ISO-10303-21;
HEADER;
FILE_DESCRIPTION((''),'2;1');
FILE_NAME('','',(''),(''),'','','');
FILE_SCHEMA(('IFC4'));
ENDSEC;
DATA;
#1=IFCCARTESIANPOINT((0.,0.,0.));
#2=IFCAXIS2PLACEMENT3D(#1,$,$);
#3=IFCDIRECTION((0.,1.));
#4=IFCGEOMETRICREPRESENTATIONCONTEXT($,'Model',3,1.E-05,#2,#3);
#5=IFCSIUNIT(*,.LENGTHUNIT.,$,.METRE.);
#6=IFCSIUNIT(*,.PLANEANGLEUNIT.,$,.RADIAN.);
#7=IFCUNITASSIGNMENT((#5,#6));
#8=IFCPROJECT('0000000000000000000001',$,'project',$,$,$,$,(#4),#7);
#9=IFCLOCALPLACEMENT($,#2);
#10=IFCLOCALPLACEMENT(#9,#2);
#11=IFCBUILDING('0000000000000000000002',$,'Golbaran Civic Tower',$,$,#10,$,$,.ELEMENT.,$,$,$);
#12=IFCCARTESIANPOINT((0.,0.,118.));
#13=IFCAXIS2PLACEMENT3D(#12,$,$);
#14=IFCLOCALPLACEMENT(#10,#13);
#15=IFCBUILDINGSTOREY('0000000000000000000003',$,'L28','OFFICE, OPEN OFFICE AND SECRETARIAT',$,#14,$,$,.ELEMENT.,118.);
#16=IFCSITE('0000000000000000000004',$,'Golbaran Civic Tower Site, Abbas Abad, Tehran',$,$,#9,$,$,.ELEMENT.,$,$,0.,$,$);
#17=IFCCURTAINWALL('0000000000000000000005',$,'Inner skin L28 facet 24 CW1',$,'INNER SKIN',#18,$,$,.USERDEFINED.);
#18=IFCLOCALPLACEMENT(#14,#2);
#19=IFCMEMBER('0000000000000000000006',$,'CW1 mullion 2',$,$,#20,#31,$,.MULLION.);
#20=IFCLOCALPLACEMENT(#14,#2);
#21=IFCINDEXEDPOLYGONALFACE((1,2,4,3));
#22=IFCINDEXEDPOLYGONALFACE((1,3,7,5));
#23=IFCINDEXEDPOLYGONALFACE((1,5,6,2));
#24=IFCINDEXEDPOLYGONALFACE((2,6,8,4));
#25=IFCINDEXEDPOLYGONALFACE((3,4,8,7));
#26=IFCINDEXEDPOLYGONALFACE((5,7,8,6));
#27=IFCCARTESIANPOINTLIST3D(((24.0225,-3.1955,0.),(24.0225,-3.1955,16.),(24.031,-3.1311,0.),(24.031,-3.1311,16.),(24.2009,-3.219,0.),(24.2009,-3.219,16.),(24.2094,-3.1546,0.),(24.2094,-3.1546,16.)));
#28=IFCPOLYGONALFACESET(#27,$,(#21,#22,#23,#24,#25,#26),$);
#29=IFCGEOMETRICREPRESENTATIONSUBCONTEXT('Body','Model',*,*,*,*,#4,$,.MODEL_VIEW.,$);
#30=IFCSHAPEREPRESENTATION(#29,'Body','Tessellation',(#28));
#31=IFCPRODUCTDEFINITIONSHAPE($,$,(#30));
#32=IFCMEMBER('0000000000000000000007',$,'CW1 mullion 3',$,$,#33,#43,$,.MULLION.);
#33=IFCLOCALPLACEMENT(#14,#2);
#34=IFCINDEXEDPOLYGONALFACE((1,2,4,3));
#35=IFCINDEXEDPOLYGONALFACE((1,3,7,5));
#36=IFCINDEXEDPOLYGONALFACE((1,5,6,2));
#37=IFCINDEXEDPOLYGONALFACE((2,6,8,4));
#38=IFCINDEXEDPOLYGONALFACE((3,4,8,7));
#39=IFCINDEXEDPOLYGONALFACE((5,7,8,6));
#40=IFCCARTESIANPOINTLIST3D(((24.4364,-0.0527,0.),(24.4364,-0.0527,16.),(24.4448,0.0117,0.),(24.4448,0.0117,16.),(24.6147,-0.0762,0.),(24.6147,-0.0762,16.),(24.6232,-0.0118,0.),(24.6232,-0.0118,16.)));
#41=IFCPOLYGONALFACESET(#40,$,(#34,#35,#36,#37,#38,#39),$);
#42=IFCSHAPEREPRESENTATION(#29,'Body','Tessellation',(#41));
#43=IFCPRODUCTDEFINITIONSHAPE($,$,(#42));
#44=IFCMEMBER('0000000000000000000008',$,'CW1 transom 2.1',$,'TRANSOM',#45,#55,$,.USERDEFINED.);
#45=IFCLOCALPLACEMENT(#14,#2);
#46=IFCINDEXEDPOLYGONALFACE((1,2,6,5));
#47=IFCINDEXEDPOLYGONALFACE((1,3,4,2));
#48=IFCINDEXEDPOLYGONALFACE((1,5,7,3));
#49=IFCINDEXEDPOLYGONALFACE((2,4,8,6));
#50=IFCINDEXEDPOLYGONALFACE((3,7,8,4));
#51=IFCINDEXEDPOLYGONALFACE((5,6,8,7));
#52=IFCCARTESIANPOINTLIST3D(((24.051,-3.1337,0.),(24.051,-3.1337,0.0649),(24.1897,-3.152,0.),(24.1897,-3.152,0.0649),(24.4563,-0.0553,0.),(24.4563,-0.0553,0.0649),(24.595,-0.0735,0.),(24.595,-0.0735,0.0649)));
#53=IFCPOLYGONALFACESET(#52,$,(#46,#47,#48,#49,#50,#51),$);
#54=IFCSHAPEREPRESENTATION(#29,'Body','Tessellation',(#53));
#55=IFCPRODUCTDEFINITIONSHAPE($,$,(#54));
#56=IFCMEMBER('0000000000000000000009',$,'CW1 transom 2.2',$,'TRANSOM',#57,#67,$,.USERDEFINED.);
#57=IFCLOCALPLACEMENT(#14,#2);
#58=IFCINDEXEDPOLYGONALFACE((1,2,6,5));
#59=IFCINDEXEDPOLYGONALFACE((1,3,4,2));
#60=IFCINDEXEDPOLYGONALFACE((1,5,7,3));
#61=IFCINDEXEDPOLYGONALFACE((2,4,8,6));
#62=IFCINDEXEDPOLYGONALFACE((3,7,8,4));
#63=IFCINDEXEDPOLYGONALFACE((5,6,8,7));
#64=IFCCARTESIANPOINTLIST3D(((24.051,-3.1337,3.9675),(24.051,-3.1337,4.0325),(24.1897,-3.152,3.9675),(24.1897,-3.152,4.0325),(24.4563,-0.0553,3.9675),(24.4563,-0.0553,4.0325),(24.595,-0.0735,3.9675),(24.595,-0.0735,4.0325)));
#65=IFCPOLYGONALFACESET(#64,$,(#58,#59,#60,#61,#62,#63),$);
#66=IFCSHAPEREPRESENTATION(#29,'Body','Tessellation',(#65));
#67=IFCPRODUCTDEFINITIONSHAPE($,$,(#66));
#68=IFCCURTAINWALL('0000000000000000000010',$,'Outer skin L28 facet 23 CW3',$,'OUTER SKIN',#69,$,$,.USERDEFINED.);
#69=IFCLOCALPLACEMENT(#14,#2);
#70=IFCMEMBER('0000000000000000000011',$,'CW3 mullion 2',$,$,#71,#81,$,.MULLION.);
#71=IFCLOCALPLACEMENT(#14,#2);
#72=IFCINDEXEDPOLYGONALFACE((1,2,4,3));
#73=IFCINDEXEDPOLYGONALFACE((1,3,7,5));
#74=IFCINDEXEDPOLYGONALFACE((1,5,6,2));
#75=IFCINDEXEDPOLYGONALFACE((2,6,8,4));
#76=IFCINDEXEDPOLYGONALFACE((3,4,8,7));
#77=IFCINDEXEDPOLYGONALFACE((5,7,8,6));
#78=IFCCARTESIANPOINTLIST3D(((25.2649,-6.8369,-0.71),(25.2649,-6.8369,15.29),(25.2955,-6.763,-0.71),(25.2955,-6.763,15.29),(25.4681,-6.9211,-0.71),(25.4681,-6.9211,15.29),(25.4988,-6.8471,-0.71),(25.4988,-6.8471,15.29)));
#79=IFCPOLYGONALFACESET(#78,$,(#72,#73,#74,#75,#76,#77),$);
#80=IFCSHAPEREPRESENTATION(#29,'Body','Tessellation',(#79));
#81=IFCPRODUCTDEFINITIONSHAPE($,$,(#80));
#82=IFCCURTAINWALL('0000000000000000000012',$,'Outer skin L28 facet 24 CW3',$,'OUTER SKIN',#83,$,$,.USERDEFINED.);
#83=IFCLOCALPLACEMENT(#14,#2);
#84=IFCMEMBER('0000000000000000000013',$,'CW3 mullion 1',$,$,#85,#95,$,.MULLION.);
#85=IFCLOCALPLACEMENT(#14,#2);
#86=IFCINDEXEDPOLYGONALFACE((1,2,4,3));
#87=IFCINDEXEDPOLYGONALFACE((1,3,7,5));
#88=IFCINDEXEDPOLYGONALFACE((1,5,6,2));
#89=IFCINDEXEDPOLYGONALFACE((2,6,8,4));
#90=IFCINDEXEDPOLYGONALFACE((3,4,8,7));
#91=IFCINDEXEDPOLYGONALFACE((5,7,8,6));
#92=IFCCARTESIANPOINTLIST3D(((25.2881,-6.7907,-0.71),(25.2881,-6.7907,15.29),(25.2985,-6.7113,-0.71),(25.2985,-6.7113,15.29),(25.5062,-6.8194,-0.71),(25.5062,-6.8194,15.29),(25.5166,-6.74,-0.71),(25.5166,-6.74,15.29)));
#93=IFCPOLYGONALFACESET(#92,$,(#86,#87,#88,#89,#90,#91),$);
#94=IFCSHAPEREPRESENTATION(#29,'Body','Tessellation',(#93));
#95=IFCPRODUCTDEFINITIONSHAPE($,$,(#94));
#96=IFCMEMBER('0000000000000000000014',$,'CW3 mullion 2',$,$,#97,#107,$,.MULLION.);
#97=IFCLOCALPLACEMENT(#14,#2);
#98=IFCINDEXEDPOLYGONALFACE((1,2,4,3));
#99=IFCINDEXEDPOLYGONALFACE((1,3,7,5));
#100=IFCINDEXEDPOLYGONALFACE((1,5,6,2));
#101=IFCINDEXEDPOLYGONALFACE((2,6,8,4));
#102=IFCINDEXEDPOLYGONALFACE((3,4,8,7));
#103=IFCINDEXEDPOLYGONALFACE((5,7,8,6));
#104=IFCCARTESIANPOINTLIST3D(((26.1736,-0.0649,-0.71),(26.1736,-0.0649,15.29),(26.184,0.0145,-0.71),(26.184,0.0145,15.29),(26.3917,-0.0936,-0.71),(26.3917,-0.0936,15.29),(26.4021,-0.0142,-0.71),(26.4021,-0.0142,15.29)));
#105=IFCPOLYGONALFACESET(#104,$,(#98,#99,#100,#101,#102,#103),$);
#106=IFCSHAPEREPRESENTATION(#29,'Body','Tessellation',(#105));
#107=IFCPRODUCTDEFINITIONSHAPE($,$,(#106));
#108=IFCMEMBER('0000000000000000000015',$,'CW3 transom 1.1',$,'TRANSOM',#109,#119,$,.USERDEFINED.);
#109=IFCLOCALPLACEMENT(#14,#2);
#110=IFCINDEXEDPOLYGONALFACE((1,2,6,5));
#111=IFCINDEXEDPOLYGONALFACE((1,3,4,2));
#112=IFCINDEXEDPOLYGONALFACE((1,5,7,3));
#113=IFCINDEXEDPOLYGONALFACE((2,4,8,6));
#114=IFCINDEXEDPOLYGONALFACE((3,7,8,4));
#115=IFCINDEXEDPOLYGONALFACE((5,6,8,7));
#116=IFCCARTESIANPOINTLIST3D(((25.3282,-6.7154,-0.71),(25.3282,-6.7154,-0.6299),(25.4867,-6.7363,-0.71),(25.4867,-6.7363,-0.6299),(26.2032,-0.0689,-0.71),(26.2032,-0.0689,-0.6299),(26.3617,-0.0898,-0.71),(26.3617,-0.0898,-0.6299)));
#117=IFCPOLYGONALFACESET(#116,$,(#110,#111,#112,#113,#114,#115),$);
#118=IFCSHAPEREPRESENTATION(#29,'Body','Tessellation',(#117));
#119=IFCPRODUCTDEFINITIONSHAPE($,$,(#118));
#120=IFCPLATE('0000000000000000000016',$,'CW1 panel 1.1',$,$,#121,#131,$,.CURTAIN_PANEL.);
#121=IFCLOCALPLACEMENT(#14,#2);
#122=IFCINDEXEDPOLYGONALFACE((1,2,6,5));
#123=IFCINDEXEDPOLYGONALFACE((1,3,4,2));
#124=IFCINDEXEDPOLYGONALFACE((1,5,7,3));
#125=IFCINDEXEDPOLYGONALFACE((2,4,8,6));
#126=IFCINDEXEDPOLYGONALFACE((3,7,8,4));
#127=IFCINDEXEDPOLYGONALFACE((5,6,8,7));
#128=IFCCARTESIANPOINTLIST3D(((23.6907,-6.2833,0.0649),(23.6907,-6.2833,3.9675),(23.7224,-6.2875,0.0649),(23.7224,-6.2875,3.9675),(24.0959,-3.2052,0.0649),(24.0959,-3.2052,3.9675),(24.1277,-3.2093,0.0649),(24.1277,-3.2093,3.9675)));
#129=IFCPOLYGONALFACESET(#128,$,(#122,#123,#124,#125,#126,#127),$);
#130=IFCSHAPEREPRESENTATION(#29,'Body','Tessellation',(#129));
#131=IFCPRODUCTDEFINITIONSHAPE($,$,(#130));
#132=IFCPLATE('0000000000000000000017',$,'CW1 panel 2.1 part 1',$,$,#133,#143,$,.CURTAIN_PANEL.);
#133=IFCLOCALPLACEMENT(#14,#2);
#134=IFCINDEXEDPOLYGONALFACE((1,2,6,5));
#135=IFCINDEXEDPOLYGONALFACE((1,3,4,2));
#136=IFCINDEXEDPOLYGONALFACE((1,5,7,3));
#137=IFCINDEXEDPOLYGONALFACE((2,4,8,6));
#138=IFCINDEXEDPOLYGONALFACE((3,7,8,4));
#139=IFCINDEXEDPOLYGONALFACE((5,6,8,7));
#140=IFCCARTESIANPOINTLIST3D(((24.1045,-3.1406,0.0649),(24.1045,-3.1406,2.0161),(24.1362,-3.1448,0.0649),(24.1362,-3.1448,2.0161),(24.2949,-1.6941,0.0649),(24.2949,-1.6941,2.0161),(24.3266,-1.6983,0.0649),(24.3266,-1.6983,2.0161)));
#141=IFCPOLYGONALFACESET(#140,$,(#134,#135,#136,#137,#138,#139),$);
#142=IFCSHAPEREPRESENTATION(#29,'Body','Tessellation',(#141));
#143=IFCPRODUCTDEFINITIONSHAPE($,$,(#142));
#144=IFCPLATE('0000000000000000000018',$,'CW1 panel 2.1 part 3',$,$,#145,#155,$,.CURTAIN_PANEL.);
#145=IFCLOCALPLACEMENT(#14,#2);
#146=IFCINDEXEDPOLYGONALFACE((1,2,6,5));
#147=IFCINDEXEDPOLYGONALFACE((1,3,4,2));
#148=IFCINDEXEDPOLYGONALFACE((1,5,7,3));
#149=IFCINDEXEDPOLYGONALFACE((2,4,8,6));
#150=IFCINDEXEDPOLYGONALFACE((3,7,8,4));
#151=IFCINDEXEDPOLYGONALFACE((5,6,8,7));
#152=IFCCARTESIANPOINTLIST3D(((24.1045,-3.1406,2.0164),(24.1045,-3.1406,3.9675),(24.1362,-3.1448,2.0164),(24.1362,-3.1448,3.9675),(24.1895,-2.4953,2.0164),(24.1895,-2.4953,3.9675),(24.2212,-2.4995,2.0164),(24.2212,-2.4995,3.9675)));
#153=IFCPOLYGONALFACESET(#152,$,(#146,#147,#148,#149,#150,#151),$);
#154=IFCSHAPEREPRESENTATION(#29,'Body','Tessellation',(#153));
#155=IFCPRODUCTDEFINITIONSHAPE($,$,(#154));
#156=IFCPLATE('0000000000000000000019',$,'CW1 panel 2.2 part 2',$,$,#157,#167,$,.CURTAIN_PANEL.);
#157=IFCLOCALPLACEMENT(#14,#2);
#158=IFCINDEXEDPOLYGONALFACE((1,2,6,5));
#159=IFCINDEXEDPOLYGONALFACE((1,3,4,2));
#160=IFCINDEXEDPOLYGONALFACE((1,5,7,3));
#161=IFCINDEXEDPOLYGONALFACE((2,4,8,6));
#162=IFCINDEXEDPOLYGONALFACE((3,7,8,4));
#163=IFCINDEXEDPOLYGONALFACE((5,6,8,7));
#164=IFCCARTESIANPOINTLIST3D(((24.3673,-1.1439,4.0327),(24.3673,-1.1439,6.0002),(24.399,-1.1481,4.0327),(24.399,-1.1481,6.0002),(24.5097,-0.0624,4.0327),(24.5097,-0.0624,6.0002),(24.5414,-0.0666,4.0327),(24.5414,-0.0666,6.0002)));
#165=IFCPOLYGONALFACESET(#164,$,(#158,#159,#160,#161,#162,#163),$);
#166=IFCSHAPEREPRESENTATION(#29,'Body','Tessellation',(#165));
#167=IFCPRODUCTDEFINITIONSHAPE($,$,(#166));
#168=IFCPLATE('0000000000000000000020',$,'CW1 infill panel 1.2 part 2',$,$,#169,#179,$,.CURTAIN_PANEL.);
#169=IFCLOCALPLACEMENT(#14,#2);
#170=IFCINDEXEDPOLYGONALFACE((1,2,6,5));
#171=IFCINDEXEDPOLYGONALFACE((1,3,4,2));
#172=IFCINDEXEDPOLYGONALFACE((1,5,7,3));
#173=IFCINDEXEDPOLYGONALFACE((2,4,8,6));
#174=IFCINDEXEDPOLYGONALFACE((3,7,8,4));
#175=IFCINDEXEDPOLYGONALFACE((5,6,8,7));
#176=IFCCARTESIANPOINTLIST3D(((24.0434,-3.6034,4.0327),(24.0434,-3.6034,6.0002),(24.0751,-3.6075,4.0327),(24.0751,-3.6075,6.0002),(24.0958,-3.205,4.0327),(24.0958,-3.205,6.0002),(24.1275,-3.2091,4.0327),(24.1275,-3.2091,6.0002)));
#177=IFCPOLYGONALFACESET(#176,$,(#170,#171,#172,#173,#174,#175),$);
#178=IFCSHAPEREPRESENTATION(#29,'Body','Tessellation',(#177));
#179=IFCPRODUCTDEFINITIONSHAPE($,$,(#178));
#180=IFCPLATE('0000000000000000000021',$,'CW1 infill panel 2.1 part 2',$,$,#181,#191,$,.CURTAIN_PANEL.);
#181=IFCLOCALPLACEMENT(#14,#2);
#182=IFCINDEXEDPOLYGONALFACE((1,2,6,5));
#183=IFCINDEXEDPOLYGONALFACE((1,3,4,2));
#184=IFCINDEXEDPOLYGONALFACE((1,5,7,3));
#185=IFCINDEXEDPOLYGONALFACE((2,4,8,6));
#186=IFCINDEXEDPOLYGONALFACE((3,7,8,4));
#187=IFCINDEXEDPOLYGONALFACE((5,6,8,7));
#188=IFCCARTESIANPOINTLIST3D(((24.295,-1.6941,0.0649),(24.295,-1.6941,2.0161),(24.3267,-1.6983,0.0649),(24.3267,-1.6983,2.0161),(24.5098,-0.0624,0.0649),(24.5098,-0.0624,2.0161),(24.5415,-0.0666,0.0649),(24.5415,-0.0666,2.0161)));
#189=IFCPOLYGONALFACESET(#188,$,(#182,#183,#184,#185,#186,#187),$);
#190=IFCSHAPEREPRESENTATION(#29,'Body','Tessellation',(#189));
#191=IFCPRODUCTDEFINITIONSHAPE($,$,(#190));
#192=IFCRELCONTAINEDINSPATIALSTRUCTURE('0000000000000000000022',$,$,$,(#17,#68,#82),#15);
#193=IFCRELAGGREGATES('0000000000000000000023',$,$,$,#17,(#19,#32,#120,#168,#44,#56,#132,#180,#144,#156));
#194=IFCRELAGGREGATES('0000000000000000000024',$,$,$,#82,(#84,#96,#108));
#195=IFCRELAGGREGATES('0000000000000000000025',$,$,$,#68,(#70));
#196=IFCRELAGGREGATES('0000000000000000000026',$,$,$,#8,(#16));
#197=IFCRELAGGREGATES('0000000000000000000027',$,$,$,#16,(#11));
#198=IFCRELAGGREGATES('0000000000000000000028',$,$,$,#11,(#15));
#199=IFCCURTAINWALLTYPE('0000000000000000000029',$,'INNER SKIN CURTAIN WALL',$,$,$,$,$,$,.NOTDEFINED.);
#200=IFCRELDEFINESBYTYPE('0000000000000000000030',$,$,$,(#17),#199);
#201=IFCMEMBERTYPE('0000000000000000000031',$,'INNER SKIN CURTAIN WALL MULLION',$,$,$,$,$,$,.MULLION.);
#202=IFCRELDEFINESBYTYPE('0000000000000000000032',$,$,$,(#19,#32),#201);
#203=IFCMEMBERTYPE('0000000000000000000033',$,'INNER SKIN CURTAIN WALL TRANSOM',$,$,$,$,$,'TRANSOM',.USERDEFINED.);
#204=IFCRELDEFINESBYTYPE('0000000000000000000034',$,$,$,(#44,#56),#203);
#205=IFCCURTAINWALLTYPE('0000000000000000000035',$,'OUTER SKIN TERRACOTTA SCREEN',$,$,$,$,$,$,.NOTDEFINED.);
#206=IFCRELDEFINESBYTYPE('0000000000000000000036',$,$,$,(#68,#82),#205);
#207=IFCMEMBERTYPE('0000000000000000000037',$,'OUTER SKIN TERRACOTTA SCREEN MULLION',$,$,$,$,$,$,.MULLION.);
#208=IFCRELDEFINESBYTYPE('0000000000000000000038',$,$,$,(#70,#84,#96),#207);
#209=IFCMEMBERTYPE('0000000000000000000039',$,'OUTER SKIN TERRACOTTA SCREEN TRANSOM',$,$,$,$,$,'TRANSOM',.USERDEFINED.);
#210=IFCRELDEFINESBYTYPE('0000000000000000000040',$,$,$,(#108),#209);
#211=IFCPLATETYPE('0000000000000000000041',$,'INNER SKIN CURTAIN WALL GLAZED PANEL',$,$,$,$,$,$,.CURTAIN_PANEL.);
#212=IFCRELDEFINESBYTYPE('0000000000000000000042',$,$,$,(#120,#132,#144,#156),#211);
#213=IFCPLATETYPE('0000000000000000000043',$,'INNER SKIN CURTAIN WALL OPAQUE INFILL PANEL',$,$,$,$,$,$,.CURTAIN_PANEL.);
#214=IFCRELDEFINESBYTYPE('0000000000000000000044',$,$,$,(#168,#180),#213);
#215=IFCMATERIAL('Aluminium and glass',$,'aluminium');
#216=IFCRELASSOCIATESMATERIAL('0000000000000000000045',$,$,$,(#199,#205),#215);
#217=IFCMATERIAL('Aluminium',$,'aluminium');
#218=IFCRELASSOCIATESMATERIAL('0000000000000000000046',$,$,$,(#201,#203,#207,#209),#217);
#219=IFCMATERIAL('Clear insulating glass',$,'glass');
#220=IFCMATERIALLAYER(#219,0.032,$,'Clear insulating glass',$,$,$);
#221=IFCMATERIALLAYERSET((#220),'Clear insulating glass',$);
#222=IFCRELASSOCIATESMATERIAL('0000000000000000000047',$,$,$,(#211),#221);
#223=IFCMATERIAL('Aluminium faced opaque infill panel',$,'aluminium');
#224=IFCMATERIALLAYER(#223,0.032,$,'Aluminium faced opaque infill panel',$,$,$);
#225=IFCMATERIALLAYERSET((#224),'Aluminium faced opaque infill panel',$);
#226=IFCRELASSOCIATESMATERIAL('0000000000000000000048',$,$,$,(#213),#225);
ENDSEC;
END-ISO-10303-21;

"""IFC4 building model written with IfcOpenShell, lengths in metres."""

from ifc_helpers import new_model, si_unit, direction, frame, origin, origin_2d, place, context, subcontext, project, spatial, rectangle, extrude, material, layer, layer_set, material_profile, profile_set, type_object, element, aggregate, save


model = new_model("IFC4")

# Units and contexts
model_context = context("Model", 3, precision=1e-05, world=origin(), true_north=direction((0.0, 1.0)))
body_context = subcontext(model_context, "Body", "Model", "MODEL_VIEW")
ifc_project = project(units=[si_unit("LENGTHUNIT", "METRE"), si_unit("PLANEANGLEUNIT", "RADIAN")], contexts=[model_context])

# Site, building, storey
site_placement = place(None, origin())
site = spatial("IfcSite", under=ifc_project, at=site_placement, Name="Golbaran Civic Tower Site, Abbas Abad, Tehran", CompositionType="ELEMENT", RefElevation=0.0)
building_placement = place(site_placement, origin())
building = spatial("IfcBuilding", under=site, at=building_placement, Name="Golbaran Civic Tower", CompositionType="ELEMENT")
storey_placement = place(building_placement, frame((0.0, 0.0, 118.0)))
storey = spatial("IfcBuildingStorey", under=building, at=storey_placement, Name="L28", Description="OFFICE, OPEN OFFICE AND SECRETARIAT", CompositionType="ELEMENT", Elevation=118.0)

# Curtain wall, members
ifc_material_1 = material(Name="Aluminium and glass", Category="aluminium")
curtain_wall_type_1 = type_object("IfcCurtainWallType", Name="INNER SKIN CURTAIN WALL", PredefinedType="NOTDEFINED", material=ifc_material_1)
curtain_wall_1_placement = place(storey_placement, origin())
curtain_wall_1 = element("IfcCurtainWall", 1, at=curtain_wall_1_placement, inside=storey, type_object=curtain_wall_type_1, Name="Inner skin L28 facet 24 CW1", ObjectType="INNER SKIN", PredefinedType="USERDEFINED")
ifc_material_2 = material(Name="Aluminium", Category="aluminium")
ifc_material_profile_1 = material_profile(ifc_material_2, rectangle(XDim=0.1799, YDim=0.0649, at=origin_2d()), Name="INNER SKIN CURTAIN WALL MULLION")
ifc_profile_set_1 = profile_set([ifc_material_profile_1], Name="Aluminium")
member_type_1 = type_object("IfcMemberType", Name="INNER SKIN CURTAIN WALL MULLION", PredefinedType="MULLION", material=ifc_profile_set_1)
member_1_placement = place(storey_placement, frame((24.116, -3.175, 0.0), z_axis=(0.0, 0.0, 1.0), x_axis=(-0.991445, 0.130526, 0.0)))
member_1 = element("IfcMember", 2, at=member_1_placement, type_object=member_type_1, Name="CW1 mullion 2", PredefinedType="MULLION", context=body_context, shape_type="SweptSolid", body=[
    extrude(rectangle(XDim=0.1799, YDim=0.0649, at=origin_2d()), origin(), (0.0, 0.0, 1.0), 16.0),
])
member_2_placement = place(storey_placement, frame((24.5298, -0.0322, 0.0), z_axis=(0.0, 0.0, 1.0), x_axis=(-0.991445, 0.130526, 0.0)))
member_2 = element("IfcMember", 3, at=member_2_placement, type_object=member_type_1, Name="CW1 mullion 3", PredefinedType="MULLION", context=body_context, shape_type="SweptSolid", body=[
    extrude(rectangle(XDim=0.1799, YDim=0.0649, at=origin_2d()), origin(), (0.0, 0.0, 1.0), 16.0),
])
ifc_material_profile_2 = material_profile(ifc_material_2, rectangle(XDim=0.1399, YDim=0.0649, at=origin_2d()), Name="INNER SKIN CURTAIN WALL TRANSOM")
ifc_profile_set_2 = profile_set([ifc_material_profile_2], Name="Aluminium")
member_type_2 = type_object("IfcMemberType", Name="INNER SKIN CURTAIN WALL TRANSOM", ElementType="TRANSOM", PredefinedType="USERDEFINED", material=ifc_profile_set_2)
member_3_placement = place(storey_placement, frame((24.1204, -3.1428, 0.0325), z_axis=(0.130526, 0.991445, 0.0), x_axis=(-0.991445, 0.130526, 0.0)))
member_3 = element("IfcMember", 4, at=member_3_placement, type_object=member_type_2, Name="CW1 transom 2.1", ObjectType="TRANSOM", PredefinedType="USERDEFINED", context=body_context, shape_type="SweptSolid", body=[
    extrude(rectangle(XDim=0.1399, YDim=0.0649, at=origin_2d()), origin(), (0.0, 0.0, 1.0), 3.105),
])
member_4_placement = place(storey_placement, frame((24.1204, -3.1428, 4.0), z_axis=(0.130526, 0.991445, 0.0), x_axis=(-0.991445, 0.130526, 0.0)))
member_4 = element("IfcMember", 5, at=member_4_placement, type_object=member_type_2, Name="CW1 transom 2.2", ObjectType="TRANSOM", PredefinedType="USERDEFINED", context=body_context, shape_type="SweptSolid", body=[
    extrude(rectangle(XDim=0.1399, YDim=0.0649, at=origin_2d()), origin(), (0.0, 0.0, 1.0), 3.105),
])

# Curtain wall, member
curtain_wall_type_2 = type_object("IfcCurtainWallType", Name="OUTER SKIN TERRACOTTA SCREEN", PredefinedType="NOTDEFINED", material=ifc_material_1)
curtain_wall_2_placement = place(storey_placement, origin())
curtain_wall_2 = element("IfcCurtainWall", 6, at=curtain_wall_2_placement, inside=storey, type_object=curtain_wall_type_2, Name="Outer skin L28 facet 23 CW3", ObjectType="OUTER SKIN", PredefinedType="USERDEFINED")
ifc_material_profile_3 = material_profile(ifc_material_2, rectangle(XDim=0.22, YDim=0.0801, at=origin_2d()), Name="OUTER SKIN TERRACOTTA SCREEN MULLION")
ifc_profile_set_3 = profile_set([ifc_material_profile_3], Name="Aluminium")
member_type_3 = type_object("IfcMemberType", Name="OUTER SKIN TERRACOTTA SCREEN MULLION", PredefinedType="MULLION", material=ifc_profile_set_3)
member_5_placement = place(storey_placement, frame((25.3818, -6.842, -0.71), z_axis=(0.0, 0.0, 1.0), x_axis=(-0.92388, 0.382683, 0.0)))
member_5 = element("IfcMember", 7, at=member_5_placement, type_object=member_type_3, Name="CW3 mullion 2", PredefinedType="MULLION", context=body_context, shape_type="SweptSolid", body=[
    extrude(rectangle(XDim=0.22, YDim=0.0801, at=origin_2d()), origin(), (0.0, 0.0, 1.0), 16.0),
])

# Curtain wall, members
curtain_wall_3_placement = place(storey_placement, origin())
curtain_wall_3 = element("IfcCurtainWall", 8, at=curtain_wall_3_placement, inside=storey, type_object=curtain_wall_type_2, Name="Outer skin L28 facet 24 CW3", ObjectType="OUTER SKIN", PredefinedType="USERDEFINED")
member_6_placement = place(storey_placement, frame((25.4023, -6.7654, -0.71), z_axis=(0.0, 0.0, 1.0), x_axis=(-0.991445, 0.130526, 0.0)))
member_6 = element("IfcMember", 9, at=member_6_placement, type_object=member_type_3, Name="CW3 mullion 1", PredefinedType="MULLION", context=body_context, shape_type="SweptSolid", body=[
    extrude(rectangle(XDim=0.22, YDim=0.0801, at=origin_2d()), origin(), (0.0, 0.0, 1.0), 16.0),
])
member_7_placement = place(storey_placement, frame((26.2878, -0.0396, -0.71), z_axis=(0.0, 0.0, 1.0), x_axis=(-0.991445, 0.130526, 0.0)))
member_7 = element("IfcMember", 10, at=member_7_placement, type_object=member_type_3, Name="CW3 mullion 2", PredefinedType="MULLION", context=body_context, shape_type="SweptSolid", body=[
    extrude(rectangle(XDim=0.22, YDim=0.0801, at=origin_2d()), origin(), (0.0, 0.0, 1.0), 16.0),
])
ifc_material_profile_4 = material_profile(ifc_material_2, rectangle(XDim=0.1599, YDim=0.0801, at=origin_2d()), Name="OUTER SKIN TERRACOTTA SCREEN TRANSOM")
ifc_profile_set_4 = profile_set([ifc_material_profile_4], Name="Aluminium")
member_type_4 = type_object("IfcMemberType", Name="OUTER SKIN TERRACOTTA SCREEN TRANSOM", ElementType="TRANSOM", PredefinedType="USERDEFINED", material=ifc_profile_set_4)
member_8_placement = place(storey_placement, frame((25.4075, -6.7258, -0.6699), z_axis=(0.130522, 0.991445, 0.0), x_axis=(-0.991445, 0.130522, 0.0)))
member_8 = element("IfcMember", 11, at=member_8_placement, type_object=member_type_4, Name="CW3 transom 1.1", ObjectType="TRANSOM", PredefinedType="USERDEFINED", context=body_context, shape_type="SweptSolid", body=[
    extrude(rectangle(XDim=0.1599, YDim=0.0801, at=origin_2d()), origin(), (0.0, 0.0, 1.0), 6.7039),
])

# Plates
ifc_material_3 = material(Name="Clear insulating glass", Category="glass")
ifc_layer_1 = layer(ifc_material_3, 0.032, Name="Clear insulating glass")
ifc_layer_set_1 = layer_set([ifc_layer_1], Name="Clear insulating glass")
plate_type_1 = type_object("IfcPlateType", Name="INNER SKIN CURTAIN WALL GLAZED PANEL", PredefinedType="CURTAIN_PANEL", material=ifc_layer_set_1)
plate_1_placement = place(storey_placement, frame((23.9092, -4.7463, 0.0649), z_axis=(0.0, 0.0, 1.0), x_axis=(0.130526, 0.991445, 0.0)))
plate_1 = element("IfcPlate", 12, at=plate_1_placement, type_object=plate_type_1, Name="CW1 panel 1.1", PredefinedType="CURTAIN_PANEL", context=body_context, shape_type="SweptSolid", body=[
    extrude(rectangle(XDim=3.1047, YDim=0.032, at=origin_2d()), origin(), (0.0, 0.0, 1.0), 3.9026),
])
plate_2_placement = place(storey_placement, frame((24.2156, -2.4194, 0.0649), z_axis=(0.0, 0.0, 1.0), x_axis=(0.130526, 0.991445, 0.0)))
plate_2 = element("IfcPlate", 13, at=plate_2_placement, type_object=plate_type_1, Name="CW1 panel 2.1 part 1", PredefinedType="CURTAIN_PANEL", context=body_context, shape_type="SweptSolid", body=[
    extrude(rectangle(XDim=1.459, YDim=0.032, at=origin_2d()), origin(), (0.0, 0.0, 1.0), 1.9512),
])
plate_3_placement = place(storey_placement, frame((24.1628, -2.8201, 2.0164), z_axis=(0.0, 0.0, 1.0), x_axis=(0.130526, 0.991445, 0.0)))
plate_3 = element("IfcPlate", 14, at=plate_3_placement, type_object=plate_type_1, Name="CW1 panel 2.1 part 3", PredefinedType="CURTAIN_PANEL", context=body_context, shape_type="SweptSolid", body=[
    extrude(rectangle(XDim=0.6509, YDim=0.032, at=origin_2d()), origin(), (0.0, 0.0, 1.0), 1.9512),
])
plate_4_placement = place(storey_placement, frame((24.4543, -0.6052, 4.0327), z_axis=(0.0, 0.0, 1.0), x_axis=(0.130526, 0.991445, 0.0)))
plate_4 = element("IfcPlate", 15, at=plate_4_placement, type_object=plate_type_1, Name="CW1 panel 2.2 part 2", PredefinedType="CURTAIN_PANEL", context=body_context, shape_type="SweptSolid", body=[
    extrude(rectangle(XDim=1.0908, YDim=0.032, at=origin_2d()), origin(), (0.0, 0.0, 1.0), 1.9675),
])
ifc_material_4 = material(Name="Aluminium faced opaque infill panel", Category="aluminium")
ifc_layer_2 = layer(ifc_material_4, 0.032, Name="Aluminium faced opaque infill panel")
ifc_layer_set_2 = layer_set([ifc_layer_2], Name="Aluminium faced opaque infill panel")
plate_type_2 = type_object("IfcPlateType", Name="INNER SKIN CURTAIN WALL OPAQUE INFILL PANEL", PredefinedType="CURTAIN_PANEL", material=ifc_layer_set_2)
plate_5_placement = place(storey_placement, frame((24.0854, -3.4062, 4.0327), z_axis=(0.0, 0.0, 1.0), x_axis=(0.130526, 0.991445, 0.0)))
plate_5 = element("IfcPlate", 16, at=plate_5_placement, type_object=plate_type_2, Name="CW1 infill panel 1.2 part 2", PredefinedType="CURTAIN_PANEL", context=body_context, shape_type="SweptSolid", body=[
    extrude(rectangle(XDim=0.4019, YDim=0.032, at=origin_2d()), origin(), (0.0, 0.0, 1.0), 1.9675),
])
plate_6_placement = place(storey_placement, frame((24.4182, -0.8804, 0.0649), z_axis=(0.0, 0.0, 1.0), x_axis=(0.130526, 0.991445, 0.0)))
plate_6 = element("IfcPlate", 17, at=plate_6_placement, type_object=plate_type_2, Name="CW1 infill panel 2.1 part 2", PredefinedType="CURTAIN_PANEL", context=body_context, shape_type="SweptSolid", body=[
    extrude(rectangle(XDim=1.6458, YDim=0.032, at=origin_2d()), origin(), (0.0, 0.0, 1.0), 1.9512),
])
aggregate(curtain_wall_1, [member_1, member_2, plate_1, plate_5, member_3, member_4, plate_2, plate_6, plate_3, plate_4])
aggregate(curtain_wall_3, [member_6, member_7, member_8])
aggregate(curtain_wall_2, [member_5])

save(model, "model.ifc")
